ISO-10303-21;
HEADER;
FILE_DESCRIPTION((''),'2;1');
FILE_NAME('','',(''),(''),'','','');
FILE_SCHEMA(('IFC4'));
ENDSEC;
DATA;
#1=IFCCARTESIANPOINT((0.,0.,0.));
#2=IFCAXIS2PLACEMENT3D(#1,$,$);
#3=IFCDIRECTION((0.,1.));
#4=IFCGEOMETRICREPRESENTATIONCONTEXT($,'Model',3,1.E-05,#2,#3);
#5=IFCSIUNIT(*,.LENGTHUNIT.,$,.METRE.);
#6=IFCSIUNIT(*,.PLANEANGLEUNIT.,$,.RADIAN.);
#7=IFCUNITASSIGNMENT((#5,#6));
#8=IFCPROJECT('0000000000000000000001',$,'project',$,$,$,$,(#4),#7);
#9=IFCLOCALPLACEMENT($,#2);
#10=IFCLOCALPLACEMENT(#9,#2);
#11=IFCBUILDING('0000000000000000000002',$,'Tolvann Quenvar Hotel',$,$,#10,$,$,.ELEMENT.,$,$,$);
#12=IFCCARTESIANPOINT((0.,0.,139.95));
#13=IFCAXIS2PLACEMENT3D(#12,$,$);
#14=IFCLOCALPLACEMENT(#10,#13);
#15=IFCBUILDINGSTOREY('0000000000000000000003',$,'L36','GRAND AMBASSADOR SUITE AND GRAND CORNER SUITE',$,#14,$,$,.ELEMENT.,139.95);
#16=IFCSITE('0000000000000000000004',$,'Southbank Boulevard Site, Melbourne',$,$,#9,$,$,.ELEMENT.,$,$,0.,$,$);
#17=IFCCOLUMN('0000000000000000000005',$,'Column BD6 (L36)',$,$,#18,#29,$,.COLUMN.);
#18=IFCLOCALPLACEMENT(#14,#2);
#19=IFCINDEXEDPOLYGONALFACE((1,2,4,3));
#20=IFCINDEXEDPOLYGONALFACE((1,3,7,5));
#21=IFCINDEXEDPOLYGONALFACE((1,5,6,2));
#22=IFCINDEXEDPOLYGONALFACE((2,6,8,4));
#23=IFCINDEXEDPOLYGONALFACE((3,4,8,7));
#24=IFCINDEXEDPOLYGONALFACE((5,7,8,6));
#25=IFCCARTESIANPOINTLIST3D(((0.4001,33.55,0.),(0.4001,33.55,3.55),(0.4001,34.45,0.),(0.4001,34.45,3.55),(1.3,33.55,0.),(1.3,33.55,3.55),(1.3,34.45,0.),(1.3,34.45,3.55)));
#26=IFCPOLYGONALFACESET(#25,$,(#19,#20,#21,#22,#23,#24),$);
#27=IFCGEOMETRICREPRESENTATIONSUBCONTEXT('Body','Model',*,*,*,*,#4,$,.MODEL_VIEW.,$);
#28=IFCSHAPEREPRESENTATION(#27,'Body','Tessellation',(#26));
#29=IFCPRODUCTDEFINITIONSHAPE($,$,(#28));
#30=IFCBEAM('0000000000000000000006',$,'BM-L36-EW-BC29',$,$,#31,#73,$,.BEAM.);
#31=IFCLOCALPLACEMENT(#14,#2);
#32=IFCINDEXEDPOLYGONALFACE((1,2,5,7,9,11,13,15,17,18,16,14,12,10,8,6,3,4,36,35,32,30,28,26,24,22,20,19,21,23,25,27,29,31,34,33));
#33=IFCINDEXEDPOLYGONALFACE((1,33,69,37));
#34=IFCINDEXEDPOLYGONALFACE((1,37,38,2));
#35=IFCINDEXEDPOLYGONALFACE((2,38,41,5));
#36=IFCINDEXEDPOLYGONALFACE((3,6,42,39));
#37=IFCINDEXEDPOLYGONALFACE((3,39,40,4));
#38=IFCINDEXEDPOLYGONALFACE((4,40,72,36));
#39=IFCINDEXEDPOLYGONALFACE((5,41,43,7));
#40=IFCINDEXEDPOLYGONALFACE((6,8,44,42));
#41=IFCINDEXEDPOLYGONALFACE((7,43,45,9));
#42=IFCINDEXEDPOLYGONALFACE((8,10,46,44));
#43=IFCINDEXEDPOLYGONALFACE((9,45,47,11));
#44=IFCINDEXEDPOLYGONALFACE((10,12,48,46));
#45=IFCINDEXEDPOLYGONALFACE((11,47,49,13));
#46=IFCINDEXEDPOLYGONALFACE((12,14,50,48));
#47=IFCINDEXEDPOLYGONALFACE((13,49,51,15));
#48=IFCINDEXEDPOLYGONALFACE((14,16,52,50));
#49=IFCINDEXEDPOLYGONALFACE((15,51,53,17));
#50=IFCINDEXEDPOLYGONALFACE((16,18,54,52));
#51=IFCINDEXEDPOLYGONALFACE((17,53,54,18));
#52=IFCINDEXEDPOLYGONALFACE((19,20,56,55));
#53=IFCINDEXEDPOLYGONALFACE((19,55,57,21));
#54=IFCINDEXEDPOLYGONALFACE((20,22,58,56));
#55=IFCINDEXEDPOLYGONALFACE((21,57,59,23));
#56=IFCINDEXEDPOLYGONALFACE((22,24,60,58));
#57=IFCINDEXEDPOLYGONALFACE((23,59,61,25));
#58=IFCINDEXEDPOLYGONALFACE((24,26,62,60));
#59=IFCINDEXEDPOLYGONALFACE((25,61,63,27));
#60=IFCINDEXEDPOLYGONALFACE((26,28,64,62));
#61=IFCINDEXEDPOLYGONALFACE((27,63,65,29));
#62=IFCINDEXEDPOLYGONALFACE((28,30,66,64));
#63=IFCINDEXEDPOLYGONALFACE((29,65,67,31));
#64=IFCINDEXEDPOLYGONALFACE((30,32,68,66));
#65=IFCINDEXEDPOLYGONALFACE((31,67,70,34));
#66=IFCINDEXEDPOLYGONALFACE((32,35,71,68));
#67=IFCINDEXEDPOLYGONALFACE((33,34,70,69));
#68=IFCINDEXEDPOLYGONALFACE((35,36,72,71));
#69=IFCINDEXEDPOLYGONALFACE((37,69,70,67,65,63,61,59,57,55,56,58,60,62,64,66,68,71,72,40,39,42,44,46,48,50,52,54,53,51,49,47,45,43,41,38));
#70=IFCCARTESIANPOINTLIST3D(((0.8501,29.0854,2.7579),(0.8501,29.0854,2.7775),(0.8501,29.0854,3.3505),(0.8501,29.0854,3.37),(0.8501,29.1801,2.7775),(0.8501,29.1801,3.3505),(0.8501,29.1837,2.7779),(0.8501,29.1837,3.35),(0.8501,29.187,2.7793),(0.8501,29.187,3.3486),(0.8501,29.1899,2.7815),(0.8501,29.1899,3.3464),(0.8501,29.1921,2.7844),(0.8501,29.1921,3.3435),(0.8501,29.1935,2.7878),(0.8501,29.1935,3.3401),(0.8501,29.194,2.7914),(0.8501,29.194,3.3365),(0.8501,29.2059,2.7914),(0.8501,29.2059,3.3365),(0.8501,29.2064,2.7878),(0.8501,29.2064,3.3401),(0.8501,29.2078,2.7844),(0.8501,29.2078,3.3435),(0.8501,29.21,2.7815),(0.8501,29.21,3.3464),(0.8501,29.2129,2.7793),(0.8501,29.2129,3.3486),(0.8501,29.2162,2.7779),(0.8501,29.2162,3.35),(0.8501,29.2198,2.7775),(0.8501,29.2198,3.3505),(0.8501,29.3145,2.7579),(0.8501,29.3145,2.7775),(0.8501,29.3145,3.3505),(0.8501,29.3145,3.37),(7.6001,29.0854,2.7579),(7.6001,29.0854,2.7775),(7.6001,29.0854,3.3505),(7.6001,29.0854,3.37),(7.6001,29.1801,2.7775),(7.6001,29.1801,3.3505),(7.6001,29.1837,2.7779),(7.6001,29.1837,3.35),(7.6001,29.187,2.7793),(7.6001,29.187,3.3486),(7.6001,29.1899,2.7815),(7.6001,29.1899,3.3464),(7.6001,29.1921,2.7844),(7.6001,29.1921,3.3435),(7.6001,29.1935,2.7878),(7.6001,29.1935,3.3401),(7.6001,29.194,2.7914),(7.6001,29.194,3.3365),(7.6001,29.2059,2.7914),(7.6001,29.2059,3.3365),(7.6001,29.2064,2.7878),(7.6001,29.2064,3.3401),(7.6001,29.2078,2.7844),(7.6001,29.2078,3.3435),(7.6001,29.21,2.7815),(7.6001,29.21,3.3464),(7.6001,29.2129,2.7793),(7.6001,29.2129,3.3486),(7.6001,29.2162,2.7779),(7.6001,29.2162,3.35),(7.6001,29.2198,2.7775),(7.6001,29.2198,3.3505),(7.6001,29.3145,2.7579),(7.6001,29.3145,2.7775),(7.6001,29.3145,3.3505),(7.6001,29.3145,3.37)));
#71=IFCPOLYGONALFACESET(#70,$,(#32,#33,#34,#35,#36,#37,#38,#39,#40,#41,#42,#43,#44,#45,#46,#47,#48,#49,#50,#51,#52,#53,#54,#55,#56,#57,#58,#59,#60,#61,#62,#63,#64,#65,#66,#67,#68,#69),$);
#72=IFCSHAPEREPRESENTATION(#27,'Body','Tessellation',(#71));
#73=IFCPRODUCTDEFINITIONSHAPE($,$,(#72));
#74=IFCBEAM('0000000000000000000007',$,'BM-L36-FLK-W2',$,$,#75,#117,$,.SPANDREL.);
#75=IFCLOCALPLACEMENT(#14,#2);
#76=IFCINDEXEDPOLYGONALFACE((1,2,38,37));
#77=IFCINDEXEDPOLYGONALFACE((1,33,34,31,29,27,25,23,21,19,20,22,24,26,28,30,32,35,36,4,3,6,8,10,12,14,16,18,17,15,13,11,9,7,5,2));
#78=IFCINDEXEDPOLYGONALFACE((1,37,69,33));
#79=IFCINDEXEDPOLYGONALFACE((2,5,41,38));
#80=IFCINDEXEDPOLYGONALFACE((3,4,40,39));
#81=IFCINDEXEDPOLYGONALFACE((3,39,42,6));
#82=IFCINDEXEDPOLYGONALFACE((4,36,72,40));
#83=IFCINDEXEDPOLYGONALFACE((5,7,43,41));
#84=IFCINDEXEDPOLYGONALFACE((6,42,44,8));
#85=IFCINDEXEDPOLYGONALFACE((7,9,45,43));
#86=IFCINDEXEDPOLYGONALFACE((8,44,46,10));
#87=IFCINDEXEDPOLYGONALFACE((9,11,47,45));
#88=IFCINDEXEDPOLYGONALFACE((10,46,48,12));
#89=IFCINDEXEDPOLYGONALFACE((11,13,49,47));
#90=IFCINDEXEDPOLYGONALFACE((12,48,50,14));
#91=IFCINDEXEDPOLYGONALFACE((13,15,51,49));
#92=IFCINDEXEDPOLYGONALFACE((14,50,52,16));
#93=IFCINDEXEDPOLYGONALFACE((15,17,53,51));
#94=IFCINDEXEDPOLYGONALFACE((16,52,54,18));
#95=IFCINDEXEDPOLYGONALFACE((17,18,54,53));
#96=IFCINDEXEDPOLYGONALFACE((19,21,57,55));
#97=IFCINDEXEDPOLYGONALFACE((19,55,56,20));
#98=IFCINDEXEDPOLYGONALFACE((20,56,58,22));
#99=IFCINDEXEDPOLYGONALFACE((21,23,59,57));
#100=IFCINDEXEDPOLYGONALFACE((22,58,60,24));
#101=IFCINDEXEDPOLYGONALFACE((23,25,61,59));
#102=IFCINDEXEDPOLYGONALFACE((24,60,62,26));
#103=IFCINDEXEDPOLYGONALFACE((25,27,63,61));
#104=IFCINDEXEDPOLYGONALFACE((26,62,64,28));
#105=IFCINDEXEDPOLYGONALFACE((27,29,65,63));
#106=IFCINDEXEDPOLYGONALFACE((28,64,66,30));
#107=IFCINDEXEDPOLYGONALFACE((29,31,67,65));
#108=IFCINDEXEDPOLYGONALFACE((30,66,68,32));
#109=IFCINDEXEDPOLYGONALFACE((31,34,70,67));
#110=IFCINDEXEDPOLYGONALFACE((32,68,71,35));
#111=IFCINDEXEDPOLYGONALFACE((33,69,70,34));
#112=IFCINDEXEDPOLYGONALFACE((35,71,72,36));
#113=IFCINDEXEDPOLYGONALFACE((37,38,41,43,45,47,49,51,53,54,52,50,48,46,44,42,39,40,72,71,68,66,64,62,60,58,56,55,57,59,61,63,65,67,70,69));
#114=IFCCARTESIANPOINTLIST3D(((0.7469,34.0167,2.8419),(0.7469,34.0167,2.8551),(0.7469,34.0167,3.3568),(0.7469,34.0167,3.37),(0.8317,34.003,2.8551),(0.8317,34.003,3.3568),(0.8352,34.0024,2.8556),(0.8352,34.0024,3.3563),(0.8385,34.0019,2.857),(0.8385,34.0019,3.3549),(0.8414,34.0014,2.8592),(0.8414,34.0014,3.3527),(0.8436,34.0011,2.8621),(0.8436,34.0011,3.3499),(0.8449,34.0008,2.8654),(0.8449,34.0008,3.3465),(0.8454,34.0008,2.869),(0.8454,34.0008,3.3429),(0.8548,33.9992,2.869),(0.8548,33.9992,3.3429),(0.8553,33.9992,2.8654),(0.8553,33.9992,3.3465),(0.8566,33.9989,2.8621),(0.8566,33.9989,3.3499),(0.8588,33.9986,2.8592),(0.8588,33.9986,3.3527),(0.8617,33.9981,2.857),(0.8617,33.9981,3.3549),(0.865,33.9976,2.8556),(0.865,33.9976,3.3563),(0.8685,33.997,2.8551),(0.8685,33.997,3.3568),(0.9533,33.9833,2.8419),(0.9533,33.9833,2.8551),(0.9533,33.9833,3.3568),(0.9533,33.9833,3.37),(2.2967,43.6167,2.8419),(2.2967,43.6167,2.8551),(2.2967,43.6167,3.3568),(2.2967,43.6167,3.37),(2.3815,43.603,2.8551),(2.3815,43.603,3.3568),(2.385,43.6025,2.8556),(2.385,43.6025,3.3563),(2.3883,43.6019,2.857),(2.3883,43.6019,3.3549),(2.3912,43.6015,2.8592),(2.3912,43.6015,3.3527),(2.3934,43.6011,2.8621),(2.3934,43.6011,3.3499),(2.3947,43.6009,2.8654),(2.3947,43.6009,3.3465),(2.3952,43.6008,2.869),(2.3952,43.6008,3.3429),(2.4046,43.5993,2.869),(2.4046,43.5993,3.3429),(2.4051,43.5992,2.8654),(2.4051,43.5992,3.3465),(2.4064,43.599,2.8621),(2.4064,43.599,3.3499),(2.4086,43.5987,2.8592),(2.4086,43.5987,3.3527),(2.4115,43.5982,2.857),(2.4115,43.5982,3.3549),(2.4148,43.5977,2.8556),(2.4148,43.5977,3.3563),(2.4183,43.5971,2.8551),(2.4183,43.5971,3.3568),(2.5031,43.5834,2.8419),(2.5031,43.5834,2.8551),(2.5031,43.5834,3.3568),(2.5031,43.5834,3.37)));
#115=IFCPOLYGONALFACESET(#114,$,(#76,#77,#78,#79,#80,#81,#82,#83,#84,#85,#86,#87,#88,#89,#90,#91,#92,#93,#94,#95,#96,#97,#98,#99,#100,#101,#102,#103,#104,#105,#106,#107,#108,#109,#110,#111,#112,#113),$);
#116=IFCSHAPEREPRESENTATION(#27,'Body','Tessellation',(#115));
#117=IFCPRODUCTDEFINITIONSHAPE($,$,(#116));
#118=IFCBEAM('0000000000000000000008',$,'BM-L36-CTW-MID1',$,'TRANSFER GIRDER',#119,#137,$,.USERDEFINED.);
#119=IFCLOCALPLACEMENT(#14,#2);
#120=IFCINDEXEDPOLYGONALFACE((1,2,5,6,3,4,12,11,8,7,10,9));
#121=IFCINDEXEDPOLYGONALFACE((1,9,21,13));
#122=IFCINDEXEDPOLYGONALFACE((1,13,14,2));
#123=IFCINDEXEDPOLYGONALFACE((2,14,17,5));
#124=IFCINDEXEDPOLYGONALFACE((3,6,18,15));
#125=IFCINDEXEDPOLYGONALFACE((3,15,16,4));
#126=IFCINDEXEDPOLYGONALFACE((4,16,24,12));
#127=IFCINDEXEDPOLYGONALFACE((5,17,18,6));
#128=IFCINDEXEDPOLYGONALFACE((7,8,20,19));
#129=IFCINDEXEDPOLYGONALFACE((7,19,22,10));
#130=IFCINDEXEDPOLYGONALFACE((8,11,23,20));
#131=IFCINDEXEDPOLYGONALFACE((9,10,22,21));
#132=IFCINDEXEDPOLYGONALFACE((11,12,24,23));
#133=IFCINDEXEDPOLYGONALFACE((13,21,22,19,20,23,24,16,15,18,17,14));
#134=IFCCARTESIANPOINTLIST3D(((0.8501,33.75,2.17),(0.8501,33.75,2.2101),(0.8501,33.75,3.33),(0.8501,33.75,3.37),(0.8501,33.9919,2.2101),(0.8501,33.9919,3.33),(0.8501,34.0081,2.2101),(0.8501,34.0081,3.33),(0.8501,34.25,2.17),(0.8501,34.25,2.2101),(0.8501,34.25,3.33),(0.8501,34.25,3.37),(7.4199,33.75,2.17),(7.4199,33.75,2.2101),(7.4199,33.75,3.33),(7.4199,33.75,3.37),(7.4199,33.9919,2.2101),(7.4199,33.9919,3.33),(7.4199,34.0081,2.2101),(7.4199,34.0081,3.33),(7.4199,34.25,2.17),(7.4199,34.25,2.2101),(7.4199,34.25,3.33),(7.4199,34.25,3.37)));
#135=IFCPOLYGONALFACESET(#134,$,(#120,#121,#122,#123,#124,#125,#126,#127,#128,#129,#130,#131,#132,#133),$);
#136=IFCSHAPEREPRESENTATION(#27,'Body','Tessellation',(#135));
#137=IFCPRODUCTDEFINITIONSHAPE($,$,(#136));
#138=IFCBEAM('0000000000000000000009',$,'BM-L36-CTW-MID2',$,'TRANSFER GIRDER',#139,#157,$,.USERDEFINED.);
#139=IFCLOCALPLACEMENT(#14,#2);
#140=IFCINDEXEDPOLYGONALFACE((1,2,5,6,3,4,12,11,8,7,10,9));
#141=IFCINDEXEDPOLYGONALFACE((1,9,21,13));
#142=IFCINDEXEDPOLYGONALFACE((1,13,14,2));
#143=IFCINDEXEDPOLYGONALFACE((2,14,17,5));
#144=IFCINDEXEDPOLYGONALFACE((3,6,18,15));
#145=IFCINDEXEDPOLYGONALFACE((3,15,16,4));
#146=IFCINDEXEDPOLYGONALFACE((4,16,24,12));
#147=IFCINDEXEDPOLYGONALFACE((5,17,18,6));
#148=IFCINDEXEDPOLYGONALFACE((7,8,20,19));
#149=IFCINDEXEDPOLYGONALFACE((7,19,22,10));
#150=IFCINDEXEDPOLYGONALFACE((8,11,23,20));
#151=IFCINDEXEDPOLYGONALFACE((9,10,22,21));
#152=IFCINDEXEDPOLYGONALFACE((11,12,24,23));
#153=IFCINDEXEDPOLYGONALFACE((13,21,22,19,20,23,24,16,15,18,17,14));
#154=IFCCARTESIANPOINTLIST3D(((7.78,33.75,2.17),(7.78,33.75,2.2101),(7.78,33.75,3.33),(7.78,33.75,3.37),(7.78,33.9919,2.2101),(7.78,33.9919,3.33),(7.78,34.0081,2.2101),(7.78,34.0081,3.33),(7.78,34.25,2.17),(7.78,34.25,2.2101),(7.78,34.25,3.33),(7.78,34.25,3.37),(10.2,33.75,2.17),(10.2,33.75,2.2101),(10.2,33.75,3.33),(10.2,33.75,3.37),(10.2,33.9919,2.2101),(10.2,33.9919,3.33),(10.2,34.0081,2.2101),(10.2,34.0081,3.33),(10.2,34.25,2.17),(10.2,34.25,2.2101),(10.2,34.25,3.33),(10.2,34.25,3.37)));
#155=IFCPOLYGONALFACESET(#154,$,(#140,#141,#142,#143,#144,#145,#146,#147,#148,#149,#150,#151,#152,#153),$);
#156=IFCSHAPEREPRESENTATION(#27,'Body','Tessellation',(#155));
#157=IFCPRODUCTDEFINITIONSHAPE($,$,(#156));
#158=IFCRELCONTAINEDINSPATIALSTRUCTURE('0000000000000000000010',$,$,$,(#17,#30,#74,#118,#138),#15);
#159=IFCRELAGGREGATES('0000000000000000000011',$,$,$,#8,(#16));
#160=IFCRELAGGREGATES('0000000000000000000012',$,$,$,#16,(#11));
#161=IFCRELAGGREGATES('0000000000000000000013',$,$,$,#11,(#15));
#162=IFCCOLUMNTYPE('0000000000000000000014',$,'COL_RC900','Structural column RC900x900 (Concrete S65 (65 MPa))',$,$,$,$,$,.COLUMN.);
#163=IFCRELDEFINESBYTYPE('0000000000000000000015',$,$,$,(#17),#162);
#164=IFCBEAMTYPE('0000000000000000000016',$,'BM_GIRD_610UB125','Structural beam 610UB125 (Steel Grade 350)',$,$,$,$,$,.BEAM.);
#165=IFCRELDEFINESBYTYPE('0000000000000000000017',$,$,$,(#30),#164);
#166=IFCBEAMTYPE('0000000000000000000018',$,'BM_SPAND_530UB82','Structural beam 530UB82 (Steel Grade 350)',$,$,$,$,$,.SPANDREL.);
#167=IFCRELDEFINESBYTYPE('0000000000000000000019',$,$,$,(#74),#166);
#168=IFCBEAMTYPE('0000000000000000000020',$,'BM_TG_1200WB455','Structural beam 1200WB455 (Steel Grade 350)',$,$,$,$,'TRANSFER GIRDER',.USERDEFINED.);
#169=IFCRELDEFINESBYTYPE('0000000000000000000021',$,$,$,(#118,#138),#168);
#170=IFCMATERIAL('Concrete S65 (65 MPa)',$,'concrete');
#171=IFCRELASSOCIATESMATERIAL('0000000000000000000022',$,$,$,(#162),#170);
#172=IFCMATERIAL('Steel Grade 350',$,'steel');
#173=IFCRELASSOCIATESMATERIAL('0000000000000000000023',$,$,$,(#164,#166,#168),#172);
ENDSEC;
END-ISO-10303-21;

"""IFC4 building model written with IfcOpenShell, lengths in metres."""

from ifc_helpers import new_model, si_unit, direction, frame, origin, origin_2d, place, context, subcontext, project, spatial, rectangle, i_section, extrude, source, transform, mapped, material, material_profile, profile_set, type_object, type_shapes, element, save


model = new_model("IFC4")

# Units and contexts
model_context = context("Model", 3, precision=1e-05, world=origin(), true_north=direction((0.0, 1.0)))
body_context = subcontext(model_context, "Body", "Model", "MODEL_VIEW")
ifc_project = project(units=[si_unit("LENGTHUNIT", "METRE"), si_unit("PLANEANGLEUNIT", "RADIAN")], contexts=[model_context])

# Site, building, storey
site_placement = place(None, origin())
site = spatial("IfcSite", under=ifc_project, at=site_placement, Name="Southbank Boulevard Site, Melbourne", CompositionType="ELEMENT", RefElevation=0.0)
building_placement = place(site_placement, origin())
building = spatial("IfcBuilding", under=site, at=building_placement, Name="Tolvann Quenvar Hotel", CompositionType="ELEMENT")
storey_placement = place(building_placement, frame((0.0, 0.0, 139.95)))
storey = spatial("IfcBuildingStorey", under=building, at=storey_placement, Name="L36", Description="GRAND AMBASSADOR SUITE AND GRAND CORNER SUITE", CompositionType="ELEMENT", Elevation=139.95)

# Column
ifc_material_1 = material(Name="Concrete S65 (65 MPa)", Category="concrete")
ifc_material_profile_1 = material_profile(ifc_material_1, rectangle(XDim=0.8999, YDim=0.8999, at=origin_2d()), Name="RC900x900")
ifc_profile_set_1 = profile_set([ifc_material_profile_1], Name="Concrete S65 (65 MPa)")
column_type = type_object("IfcColumnType", Name="COL_RC900", Description="Structural column RC900x900 (Concrete S65 (65 MPa))", PredefinedType="COLUMN", material=ifc_profile_set_1)
shared_shape_1 = source(origin(), body_context, "Body", "SweptSolid", [
    extrude(rectangle(XDim=0.8999, YDim=0.8999, at=origin_2d()), origin(), (0.0, 0.0, 1.0), 3.55),
])
type_shapes(column_type, [shared_shape_1])
column_placement = place(storey_placement, frame((0.8501, 34.0, 0.0), z_axis=(0.0, 0.0, 1.0), x_axis=(1.0, 0.0, 0.0)))
element("IfcColumn", 1, at=column_placement, inside=storey, type_object=column_type, Name="Column BD6 (L36)", PredefinedType="COLUMN", context=body_context, shape_type="MappedRepresentation", body=[
    mapped(shared_shape_1, transform((0.0, 0.0, 0.0), x_axis=(1.0, 0.0, 0.0), y_axis=(0.0, 1.0, 0.0), z_axis=(0.0, 0.0, 1.0), scale=1.0)),
])

# Beams
ifc_material_2 = material(Name="Steel Grade 350", Category="steel")
ifc_material_profile_2 = material_profile(ifc_material_2, i_section(OverallWidth=0.229, OverallDepth=0.6121, WebThickness=0.012, FlangeThickness=0.0195, FilletRadius=0.0139, at=origin_2d()), Name="610UB125")
ifc_profile_set_2 = profile_set([ifc_material_profile_2], Name="Steel Grade 350")
beam_type_1 = type_object("IfcBeamType", Name="BM_GIRD_610UB125", Description="Structural beam 610UB125 (Steel Grade 350)", PredefinedType="BEAM", material=ifc_profile_set_2)
shared_shape_2 = source(origin(), body_context, "Body", "SweptSolid", [
    extrude(i_section(OverallWidth=0.229, OverallDepth=0.6121, WebThickness=0.012, FlangeThickness=0.0195, FilletRadius=0.0139, at=origin_2d()), origin(), (0.0, 0.0, 1.0), 6.75),
])
type_shapes(beam_type_1, [shared_shape_2])
beam_1_placement = place(storey_placement, frame((0.8501, 29.2, 3.064), z_axis=(1.0, 0.0, 0.0), x_axis=(0.0, 1.0, 0.0)))
element("IfcBeam", 2, at=beam_1_placement, inside=storey, type_object=beam_type_1, Name="BM-L36-EW-BC29", PredefinedType="BEAM", context=body_context, shape_type="MappedRepresentation", body=[
    mapped(shared_shape_2, transform((0.0, 0.0, 0.0), x_axis=(1.0, 0.0, 0.0), y_axis=(0.0, 1.0, 0.0), z_axis=(0.0, 0.0, 1.0), scale=1.0)),
])
ifc_material_profile_3 = material_profile(ifc_material_2, i_section(OverallWidth=0.209, OverallDepth=0.5281, WebThickness=0.0095, FlangeThickness=0.0132, FilletRadius=0.0139, at=origin_2d()), Name="530UB82")
ifc_profile_set_3 = profile_set([ifc_material_profile_3], Name="Steel Grade 350")
beam_type_2 = type_object("IfcBeamType", Name="BM_SPAND_530UB82", Description="Structural beam 530UB82 (Steel Grade 350)", PredefinedType="SPANDREL", material=ifc_profile_set_3)
shared_shape_3 = source(origin(), body_context, "Body", "SweptSolid", [
    extrude(i_section(OverallWidth=0.209, OverallDepth=0.5281, WebThickness=0.0095, FlangeThickness=0.0132, FilletRadius=0.0139, at=origin_2d()), origin(), (0.0, 0.0, 1.0), 9.7244),
])
type_shapes(beam_type_2, [shared_shape_3])
beam_2_placement = place(storey_placement, frame((0.8501, 34.0, 3.106), z_axis=(0.159373, 0.987218, 0.0), x_axis=(-0.987218, 0.159373, 0.0)))
element("IfcBeam", 3, at=beam_2_placement, inside=storey, type_object=beam_type_2, Name="BM-L36-FLK-W2", PredefinedType="SPANDREL", context=body_context, shape_type="MappedRepresentation", body=[
    mapped(shared_shape_3, transform((0.0, 0.0, 0.0), x_axis=(1.0, 0.0, 0.0), y_axis=(0.0, 1.0, 0.0), z_axis=(0.0, 0.0, 1.0), scale=1.0)),
])
ifc_material_profile_4 = material_profile(ifc_material_2, i_section(OverallWidth=0.5, OverallDepth=1.2, WebThickness=0.0161, FlangeThickness=0.04, at=origin_2d()), Name="1200WB455")
ifc_profile_set_4 = profile_set([ifc_material_profile_4], Name="Steel Grade 350")
beam_type_3 = type_object("IfcBeamType", Name="BM_TG_1200WB455", Description="Structural beam 1200WB455 (Steel Grade 350)", ElementType="TRANSFER GIRDER", PredefinedType="USERDEFINED", material=ifc_profile_set_4)
shared_shape_4 = source(origin(), body_context, "Body", "SweptSolid", [
    extrude(i_section(OverallWidth=0.5, OverallDepth=1.2, WebThickness=0.0161, FlangeThickness=0.04, at=origin_2d()), origin(), (0.0, 0.0, 1.0), 6.5698),
])
beam_3_placement = place(storey_placement, frame((0.8501, 34.0, 2.77), z_axis=(1.0, 0.0, 0.0), x_axis=(0.0, 1.0, 0.0)))
element("IfcBeam", 4, at=beam_3_placement, inside=storey, type_object=beam_type_3, Name="BM-L36-CTW-MID1", ObjectType="TRANSFER GIRDER", PredefinedType="USERDEFINED", context=body_context, shape_type="MappedRepresentation", body=[
    mapped(shared_shape_4, transform((0.0, 0.0, 0.0), x_axis=(1.0, 0.0, 0.0), y_axis=(0.0, 1.0, 0.0), z_axis=(0.0, 0.0, 1.0), scale=1.0)),
])
shared_shape_5 = source(origin(), body_context, "Body", "SweptSolid", [
    extrude(i_section(OverallWidth=0.5, OverallDepth=1.2, WebThickness=0.0161, FlangeThickness=0.04, at=origin_2d()), origin(), (0.0, 0.0, 1.0), 2.4199),
])
type_shapes(beam_type_3, [shared_shape_4, shared_shape_5])
beam_4_placement = place(storey_placement, frame((7.78, 34.0, 2.77), z_axis=(1.0, 0.0, 0.0), x_axis=(0.0, 1.0, 0.0)))
element("IfcBeam", 5, at=beam_4_placement, inside=storey, type_object=beam_type_3, Name="BM-L36-CTW-MID2", ObjectType="TRANSFER GIRDER", PredefinedType="USERDEFINED", context=body_context, shape_type="MappedRepresentation", body=[
    mapped(shared_shape_5, transform((0.0, 0.0, 0.0), x_axis=(1.0, 0.0, 0.0), y_axis=(0.0, 1.0, 0.0), z_axis=(0.0, 0.0, 1.0), scale=1.0)),
])

save(model, "model.ifc")
